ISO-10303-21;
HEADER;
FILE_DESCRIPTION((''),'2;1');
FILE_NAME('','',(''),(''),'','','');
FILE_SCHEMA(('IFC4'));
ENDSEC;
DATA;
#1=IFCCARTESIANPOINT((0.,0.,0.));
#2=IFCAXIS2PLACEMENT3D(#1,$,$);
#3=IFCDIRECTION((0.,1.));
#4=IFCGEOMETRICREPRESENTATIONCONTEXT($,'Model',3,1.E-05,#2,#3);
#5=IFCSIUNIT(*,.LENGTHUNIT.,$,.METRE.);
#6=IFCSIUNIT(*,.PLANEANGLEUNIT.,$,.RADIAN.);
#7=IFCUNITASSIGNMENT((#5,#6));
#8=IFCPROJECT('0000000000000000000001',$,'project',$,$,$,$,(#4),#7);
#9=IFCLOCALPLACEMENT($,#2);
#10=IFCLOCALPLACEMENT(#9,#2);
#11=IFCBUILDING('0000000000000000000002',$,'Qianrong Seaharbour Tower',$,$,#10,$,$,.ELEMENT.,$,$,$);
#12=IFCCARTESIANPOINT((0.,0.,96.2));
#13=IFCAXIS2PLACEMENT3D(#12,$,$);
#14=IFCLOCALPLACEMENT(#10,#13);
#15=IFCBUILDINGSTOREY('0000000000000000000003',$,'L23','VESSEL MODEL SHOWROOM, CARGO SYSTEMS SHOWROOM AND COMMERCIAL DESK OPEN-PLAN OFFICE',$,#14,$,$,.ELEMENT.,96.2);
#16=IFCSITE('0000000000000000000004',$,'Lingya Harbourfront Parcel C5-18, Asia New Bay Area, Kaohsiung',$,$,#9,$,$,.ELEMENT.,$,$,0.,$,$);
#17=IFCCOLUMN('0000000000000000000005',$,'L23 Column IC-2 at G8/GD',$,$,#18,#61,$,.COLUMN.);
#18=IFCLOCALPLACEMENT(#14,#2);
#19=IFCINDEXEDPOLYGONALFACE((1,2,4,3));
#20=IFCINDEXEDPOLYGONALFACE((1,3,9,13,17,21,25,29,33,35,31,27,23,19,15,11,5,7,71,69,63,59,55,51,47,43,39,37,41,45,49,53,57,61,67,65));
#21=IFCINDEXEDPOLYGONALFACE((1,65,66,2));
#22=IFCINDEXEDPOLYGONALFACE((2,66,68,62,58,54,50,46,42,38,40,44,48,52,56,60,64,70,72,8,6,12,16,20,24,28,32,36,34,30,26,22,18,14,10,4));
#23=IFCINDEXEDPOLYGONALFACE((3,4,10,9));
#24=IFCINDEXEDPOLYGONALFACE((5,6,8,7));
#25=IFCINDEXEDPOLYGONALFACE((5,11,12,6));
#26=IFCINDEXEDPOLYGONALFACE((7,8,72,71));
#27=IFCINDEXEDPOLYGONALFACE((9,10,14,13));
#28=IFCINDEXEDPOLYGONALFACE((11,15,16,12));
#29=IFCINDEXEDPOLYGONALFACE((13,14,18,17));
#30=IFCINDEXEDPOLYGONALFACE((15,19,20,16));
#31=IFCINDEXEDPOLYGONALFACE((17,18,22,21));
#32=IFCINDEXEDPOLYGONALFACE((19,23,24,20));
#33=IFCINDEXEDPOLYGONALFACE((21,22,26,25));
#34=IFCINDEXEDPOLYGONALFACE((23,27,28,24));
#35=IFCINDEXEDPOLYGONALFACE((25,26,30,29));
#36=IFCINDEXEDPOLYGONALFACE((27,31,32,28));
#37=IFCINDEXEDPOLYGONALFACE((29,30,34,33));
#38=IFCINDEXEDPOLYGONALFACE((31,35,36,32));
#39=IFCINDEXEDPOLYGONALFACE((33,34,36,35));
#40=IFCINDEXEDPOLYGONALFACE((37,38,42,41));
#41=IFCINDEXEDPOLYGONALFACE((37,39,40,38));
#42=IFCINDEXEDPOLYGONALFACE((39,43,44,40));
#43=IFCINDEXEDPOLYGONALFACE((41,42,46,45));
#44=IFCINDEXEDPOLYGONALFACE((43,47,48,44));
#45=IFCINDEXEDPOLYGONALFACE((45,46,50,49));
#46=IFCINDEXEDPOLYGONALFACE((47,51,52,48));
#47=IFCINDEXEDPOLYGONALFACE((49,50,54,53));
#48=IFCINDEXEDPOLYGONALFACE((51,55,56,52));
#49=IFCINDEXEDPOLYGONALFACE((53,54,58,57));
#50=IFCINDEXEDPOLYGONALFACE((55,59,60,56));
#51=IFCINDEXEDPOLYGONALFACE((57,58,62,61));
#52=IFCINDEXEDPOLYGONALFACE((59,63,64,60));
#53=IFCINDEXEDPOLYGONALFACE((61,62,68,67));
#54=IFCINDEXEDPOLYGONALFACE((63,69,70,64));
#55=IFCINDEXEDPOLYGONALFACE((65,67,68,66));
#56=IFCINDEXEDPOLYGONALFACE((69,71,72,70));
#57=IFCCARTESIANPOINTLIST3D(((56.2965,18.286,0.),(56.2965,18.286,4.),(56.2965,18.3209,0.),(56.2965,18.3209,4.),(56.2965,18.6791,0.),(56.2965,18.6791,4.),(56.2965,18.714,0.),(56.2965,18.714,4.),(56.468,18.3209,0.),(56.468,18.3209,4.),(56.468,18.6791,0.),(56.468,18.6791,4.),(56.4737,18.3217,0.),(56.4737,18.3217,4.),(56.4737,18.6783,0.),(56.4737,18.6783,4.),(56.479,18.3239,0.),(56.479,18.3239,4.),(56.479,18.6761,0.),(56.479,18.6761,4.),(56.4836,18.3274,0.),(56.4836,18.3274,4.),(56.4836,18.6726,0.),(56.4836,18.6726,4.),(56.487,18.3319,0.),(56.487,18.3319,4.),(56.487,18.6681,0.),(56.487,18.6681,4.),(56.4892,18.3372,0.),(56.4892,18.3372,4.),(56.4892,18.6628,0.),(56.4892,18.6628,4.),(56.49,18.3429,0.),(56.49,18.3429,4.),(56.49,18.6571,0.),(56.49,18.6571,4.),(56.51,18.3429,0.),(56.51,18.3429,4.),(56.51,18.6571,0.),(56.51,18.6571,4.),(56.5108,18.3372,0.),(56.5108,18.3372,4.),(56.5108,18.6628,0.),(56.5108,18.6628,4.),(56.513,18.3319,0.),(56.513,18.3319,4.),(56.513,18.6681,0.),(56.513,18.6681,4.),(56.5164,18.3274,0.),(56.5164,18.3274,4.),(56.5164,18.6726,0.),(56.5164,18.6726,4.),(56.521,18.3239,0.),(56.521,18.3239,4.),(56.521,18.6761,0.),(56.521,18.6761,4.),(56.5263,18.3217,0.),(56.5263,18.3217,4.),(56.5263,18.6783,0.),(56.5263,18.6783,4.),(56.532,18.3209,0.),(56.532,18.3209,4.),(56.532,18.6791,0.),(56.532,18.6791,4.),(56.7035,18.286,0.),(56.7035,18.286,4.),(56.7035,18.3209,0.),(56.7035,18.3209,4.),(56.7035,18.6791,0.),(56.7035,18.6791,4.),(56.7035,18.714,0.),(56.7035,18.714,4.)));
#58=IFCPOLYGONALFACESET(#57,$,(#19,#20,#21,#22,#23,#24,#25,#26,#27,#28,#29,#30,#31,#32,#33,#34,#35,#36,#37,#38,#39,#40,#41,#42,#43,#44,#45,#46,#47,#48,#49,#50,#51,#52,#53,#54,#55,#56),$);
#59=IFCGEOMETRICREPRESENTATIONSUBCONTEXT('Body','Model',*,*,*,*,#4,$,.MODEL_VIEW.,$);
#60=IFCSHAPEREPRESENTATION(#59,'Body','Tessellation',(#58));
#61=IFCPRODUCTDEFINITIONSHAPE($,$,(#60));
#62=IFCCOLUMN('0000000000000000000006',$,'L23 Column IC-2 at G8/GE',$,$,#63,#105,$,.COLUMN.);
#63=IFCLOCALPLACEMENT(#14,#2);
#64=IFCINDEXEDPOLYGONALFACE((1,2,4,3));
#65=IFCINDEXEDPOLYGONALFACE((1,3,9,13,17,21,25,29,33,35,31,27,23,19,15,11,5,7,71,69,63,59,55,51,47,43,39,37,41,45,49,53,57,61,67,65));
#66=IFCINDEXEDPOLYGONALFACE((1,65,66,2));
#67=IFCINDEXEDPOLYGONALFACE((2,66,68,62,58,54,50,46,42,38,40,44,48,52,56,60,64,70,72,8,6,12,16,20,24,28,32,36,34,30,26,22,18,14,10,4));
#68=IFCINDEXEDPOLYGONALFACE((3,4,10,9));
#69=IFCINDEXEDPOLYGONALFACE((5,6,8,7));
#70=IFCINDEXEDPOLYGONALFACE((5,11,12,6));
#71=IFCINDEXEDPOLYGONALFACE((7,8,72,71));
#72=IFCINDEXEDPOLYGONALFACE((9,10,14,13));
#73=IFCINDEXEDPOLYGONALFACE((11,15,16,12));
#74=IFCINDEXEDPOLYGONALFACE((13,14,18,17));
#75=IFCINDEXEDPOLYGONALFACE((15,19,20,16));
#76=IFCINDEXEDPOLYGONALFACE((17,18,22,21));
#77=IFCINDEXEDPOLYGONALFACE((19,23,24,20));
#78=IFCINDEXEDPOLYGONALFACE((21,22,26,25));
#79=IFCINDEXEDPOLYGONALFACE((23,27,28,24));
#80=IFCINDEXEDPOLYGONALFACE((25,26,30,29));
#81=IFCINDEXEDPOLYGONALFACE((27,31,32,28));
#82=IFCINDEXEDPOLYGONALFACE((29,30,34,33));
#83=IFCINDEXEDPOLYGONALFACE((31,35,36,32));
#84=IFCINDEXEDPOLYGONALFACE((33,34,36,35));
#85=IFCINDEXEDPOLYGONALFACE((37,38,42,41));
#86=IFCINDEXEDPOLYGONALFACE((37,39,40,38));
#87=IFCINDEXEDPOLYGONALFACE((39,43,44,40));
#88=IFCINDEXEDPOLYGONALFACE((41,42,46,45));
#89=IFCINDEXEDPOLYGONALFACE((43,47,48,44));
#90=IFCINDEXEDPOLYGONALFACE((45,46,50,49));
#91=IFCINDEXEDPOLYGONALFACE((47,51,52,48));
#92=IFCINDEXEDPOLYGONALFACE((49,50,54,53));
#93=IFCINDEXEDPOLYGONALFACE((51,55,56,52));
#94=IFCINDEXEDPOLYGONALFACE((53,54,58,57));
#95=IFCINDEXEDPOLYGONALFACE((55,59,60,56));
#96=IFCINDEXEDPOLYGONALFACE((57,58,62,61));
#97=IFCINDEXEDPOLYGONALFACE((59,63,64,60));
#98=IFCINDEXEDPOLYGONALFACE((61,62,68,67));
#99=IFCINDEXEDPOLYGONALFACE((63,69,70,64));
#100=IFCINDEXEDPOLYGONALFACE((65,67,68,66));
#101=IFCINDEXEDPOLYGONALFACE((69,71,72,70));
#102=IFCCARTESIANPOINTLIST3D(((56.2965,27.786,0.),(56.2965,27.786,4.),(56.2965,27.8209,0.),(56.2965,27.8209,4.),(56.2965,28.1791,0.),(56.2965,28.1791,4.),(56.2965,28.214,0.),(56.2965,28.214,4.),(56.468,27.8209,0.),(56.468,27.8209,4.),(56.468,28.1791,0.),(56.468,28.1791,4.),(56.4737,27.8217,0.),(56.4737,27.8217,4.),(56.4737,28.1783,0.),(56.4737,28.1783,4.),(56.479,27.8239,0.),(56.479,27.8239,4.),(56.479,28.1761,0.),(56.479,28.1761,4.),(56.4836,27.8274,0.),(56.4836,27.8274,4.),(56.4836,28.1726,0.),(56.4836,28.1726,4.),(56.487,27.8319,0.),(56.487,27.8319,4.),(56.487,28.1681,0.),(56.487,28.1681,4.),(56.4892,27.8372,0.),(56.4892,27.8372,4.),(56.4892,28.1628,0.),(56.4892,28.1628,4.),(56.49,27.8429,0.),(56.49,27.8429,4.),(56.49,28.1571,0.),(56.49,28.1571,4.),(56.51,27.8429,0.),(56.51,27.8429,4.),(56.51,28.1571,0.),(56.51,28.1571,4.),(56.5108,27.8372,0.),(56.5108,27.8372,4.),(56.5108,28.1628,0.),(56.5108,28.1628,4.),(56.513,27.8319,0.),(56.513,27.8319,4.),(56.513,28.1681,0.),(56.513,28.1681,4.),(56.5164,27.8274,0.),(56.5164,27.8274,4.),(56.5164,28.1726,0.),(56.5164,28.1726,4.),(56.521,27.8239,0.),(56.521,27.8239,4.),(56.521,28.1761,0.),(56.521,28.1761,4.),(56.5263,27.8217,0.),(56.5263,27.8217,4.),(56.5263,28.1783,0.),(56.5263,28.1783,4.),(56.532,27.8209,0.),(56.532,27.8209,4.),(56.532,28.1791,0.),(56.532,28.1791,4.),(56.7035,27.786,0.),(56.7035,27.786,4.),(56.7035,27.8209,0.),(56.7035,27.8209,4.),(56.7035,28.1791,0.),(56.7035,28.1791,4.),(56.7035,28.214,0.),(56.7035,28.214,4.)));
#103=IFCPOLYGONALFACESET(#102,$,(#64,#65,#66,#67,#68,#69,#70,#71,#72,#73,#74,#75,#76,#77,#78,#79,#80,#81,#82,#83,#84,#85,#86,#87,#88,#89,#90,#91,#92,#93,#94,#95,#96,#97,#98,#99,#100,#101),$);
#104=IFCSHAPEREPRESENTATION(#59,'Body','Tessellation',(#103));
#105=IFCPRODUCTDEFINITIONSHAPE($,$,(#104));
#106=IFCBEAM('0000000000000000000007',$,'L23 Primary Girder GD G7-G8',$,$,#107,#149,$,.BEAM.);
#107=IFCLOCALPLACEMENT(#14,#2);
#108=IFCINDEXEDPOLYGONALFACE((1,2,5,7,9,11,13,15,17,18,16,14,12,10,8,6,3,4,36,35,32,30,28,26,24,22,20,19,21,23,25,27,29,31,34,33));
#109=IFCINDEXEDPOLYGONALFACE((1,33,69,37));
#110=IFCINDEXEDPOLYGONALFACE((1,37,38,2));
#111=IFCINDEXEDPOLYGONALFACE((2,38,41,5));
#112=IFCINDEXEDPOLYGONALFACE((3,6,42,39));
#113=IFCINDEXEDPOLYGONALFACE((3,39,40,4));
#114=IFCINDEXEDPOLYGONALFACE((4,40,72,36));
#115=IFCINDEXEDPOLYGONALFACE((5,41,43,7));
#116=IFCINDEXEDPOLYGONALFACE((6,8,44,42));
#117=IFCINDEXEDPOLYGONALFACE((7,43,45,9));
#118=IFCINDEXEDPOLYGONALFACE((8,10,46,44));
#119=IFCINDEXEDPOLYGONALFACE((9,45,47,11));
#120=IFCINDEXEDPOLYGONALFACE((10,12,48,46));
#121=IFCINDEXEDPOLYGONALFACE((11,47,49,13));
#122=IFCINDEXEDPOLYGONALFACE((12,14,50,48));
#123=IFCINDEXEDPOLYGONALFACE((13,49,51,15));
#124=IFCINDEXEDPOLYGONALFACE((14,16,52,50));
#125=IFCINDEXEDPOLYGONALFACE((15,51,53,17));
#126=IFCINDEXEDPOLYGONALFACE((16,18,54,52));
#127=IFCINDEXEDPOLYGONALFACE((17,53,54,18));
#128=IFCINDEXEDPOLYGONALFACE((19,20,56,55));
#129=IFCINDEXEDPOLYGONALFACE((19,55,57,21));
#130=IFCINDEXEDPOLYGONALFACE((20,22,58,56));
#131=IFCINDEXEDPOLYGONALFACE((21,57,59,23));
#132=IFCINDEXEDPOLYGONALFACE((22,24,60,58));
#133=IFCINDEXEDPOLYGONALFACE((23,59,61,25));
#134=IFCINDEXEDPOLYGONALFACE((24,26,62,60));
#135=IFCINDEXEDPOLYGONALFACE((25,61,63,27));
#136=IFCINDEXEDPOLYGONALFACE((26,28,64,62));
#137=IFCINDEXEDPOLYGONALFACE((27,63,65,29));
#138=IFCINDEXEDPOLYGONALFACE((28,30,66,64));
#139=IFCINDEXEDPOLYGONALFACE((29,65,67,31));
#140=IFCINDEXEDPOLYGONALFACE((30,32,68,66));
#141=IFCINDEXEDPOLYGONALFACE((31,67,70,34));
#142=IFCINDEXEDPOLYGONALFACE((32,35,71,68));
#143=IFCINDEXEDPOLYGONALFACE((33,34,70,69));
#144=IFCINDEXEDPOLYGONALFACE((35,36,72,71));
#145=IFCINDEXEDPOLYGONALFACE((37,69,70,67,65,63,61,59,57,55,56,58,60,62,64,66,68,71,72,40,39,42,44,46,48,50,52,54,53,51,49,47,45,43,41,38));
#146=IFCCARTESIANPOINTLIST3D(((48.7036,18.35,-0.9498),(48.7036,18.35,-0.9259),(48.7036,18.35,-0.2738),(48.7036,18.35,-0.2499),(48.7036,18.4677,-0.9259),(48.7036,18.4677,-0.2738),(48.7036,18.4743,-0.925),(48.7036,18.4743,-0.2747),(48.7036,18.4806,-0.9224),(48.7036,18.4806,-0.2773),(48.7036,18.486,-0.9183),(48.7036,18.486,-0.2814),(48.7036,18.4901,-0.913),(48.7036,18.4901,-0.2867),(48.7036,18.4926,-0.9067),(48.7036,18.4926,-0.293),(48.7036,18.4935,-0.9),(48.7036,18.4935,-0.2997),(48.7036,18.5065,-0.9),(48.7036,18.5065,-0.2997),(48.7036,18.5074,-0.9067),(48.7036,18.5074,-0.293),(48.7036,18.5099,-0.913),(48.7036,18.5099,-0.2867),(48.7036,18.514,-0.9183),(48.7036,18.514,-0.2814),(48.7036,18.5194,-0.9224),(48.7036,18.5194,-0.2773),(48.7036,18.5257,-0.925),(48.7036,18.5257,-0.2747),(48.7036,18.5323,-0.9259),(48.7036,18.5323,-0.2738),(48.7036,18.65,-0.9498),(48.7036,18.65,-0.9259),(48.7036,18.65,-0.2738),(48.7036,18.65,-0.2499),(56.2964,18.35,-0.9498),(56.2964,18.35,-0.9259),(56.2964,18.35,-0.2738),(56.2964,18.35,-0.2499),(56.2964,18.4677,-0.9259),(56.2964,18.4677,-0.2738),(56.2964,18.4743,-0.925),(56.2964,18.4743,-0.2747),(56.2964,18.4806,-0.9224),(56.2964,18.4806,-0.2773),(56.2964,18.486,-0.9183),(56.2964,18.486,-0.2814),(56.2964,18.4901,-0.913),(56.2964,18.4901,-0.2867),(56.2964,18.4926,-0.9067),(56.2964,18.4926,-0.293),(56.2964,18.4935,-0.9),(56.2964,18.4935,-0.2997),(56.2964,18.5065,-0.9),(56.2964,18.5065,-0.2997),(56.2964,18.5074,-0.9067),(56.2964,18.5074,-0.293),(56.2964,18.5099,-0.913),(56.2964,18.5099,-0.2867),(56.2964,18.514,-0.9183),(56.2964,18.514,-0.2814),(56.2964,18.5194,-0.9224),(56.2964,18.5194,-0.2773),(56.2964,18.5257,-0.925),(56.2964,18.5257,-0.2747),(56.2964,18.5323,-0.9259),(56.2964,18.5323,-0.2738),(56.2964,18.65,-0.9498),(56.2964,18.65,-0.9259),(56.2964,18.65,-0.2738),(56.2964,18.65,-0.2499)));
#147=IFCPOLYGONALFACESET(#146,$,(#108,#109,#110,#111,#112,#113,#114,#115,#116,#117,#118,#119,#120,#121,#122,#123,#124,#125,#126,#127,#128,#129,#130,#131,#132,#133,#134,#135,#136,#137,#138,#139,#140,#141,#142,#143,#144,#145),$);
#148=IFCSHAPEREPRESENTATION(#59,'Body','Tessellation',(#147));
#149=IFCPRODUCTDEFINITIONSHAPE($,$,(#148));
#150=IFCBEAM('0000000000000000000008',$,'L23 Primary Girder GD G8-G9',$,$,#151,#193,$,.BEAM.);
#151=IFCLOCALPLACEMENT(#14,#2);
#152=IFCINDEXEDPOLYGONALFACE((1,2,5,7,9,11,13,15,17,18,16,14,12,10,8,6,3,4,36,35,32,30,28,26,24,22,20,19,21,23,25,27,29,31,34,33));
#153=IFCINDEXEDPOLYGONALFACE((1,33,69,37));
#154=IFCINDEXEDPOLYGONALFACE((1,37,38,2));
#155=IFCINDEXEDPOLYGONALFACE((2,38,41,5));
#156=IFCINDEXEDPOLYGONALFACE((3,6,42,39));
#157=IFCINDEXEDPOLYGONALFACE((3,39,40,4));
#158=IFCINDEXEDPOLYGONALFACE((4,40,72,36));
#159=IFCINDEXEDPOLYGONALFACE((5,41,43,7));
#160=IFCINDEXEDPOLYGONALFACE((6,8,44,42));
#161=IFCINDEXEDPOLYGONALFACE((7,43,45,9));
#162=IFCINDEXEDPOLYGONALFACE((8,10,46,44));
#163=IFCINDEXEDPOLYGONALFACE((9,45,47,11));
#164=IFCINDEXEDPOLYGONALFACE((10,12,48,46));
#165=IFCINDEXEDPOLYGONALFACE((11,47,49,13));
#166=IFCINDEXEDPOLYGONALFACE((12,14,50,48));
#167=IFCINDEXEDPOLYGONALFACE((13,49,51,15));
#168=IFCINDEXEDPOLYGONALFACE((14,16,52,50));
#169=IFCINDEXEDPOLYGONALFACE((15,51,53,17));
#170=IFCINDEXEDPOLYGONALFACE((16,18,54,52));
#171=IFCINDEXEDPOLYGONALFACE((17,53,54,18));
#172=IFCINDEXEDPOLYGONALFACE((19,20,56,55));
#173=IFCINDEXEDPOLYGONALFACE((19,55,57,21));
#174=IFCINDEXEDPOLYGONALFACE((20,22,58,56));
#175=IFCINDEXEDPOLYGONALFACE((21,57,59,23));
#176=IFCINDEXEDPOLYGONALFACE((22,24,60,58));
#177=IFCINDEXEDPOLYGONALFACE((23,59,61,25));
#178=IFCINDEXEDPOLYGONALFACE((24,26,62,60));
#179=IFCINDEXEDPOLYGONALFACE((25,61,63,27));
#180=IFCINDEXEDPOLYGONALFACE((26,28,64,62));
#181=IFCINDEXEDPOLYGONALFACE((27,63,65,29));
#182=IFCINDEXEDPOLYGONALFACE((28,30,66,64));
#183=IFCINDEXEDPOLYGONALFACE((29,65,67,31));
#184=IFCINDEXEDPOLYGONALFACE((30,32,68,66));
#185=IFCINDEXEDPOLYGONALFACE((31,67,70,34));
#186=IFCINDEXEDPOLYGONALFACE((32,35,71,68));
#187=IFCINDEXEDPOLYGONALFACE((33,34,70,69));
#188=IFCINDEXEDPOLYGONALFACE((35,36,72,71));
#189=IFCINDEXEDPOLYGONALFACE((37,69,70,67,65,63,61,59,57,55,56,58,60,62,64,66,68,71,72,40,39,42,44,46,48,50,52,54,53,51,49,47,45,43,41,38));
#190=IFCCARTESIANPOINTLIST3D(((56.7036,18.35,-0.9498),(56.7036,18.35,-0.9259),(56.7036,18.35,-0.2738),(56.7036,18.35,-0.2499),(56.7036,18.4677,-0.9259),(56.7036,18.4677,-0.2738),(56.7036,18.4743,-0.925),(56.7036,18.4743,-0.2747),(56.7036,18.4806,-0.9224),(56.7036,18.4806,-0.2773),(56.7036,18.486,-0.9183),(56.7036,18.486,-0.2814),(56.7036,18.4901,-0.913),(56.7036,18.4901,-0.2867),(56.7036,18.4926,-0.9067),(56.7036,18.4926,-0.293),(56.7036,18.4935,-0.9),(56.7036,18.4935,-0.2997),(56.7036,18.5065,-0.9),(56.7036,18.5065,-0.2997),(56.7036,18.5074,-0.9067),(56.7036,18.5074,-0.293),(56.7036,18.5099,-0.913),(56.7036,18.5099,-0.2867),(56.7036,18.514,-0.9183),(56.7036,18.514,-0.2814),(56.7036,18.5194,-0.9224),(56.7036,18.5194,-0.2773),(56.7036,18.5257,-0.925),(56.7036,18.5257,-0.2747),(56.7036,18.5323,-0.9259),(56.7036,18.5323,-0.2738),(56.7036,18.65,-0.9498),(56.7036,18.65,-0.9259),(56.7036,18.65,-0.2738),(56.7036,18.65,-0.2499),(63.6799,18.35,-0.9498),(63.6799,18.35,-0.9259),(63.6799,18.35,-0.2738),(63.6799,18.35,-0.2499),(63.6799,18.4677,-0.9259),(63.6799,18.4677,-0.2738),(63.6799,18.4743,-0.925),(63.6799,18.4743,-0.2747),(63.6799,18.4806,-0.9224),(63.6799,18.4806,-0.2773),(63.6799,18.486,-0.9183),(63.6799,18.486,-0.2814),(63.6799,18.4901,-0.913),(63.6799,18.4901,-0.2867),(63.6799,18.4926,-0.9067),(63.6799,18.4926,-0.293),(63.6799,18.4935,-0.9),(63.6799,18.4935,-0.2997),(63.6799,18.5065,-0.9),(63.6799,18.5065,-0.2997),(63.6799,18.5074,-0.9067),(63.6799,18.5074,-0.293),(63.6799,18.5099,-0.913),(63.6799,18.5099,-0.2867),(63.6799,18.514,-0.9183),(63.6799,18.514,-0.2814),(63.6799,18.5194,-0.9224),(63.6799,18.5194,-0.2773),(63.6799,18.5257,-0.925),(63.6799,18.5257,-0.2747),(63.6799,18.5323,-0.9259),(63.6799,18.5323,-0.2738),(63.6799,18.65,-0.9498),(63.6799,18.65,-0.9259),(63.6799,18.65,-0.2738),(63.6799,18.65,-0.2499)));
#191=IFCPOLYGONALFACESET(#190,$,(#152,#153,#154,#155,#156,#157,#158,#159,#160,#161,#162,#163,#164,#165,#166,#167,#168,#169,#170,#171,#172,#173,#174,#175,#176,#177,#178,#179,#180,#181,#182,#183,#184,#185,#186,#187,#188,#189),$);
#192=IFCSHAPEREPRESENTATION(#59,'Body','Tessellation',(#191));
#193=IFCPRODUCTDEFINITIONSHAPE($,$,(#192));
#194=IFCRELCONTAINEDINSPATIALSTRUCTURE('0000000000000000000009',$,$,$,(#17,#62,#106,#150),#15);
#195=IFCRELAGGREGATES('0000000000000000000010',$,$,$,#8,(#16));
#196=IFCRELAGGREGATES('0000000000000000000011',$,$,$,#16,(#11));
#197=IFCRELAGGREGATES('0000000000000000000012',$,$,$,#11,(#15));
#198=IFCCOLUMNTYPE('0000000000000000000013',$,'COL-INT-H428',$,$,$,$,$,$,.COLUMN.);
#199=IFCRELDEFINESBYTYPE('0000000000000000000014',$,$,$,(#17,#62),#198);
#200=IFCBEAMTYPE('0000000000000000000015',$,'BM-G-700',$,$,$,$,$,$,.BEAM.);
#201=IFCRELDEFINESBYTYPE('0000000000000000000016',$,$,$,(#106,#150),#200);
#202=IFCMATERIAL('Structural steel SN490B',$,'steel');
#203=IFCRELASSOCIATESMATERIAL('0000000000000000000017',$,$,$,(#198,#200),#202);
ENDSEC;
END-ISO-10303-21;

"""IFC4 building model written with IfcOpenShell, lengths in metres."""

from ifc_helpers import new_model, si_unit, direction, frame, origin, origin_2d, place, context, subcontext, project, spatial, i_section, extrude, material, material_profile, profile_set, type_object, element, save


model = new_model("IFC4")

# Units and contexts
model_context = context("Model", 3, precision=1e-05, world=origin(), true_north=direction((0.0, 1.0)))
body_context = subcontext(model_context, "Body", "Model", "MODEL_VIEW")
ifc_project = project(units=[si_unit("LENGTHUNIT", "METRE"), si_unit("PLANEANGLEUNIT", "RADIAN")], contexts=[model_context])

# Site, building, storey
site_placement = place(None, origin())
site = spatial("IfcSite", under=ifc_project, at=site_placement, Name="Lingya Harbourfront Parcel C5-18, Asia New Bay Area, Kaohsiung", CompositionType="ELEMENT", RefElevation=0.0)
building_placement = place(site_placement, origin())
building = spatial("IfcBuilding", under=site, at=building_placement, Name="Qianrong Seaharbour Tower", CompositionType="ELEMENT")
storey_placement = place(building_placement, frame((0.0, 0.0, 96.2)))
storey = spatial("IfcBuildingStorey", under=building, at=storey_placement, Name="L23", Description="VESSEL MODEL SHOWROOM, CARGO SYSTEMS SHOWROOM AND COMMERCIAL DESK OPEN-PLAN OFFICE", CompositionType="ELEMENT", Elevation=96.2)

# Columns
ifc_material_1 = material(Name="Structural steel SN490B", Category="steel")
ifc_material_profile_1 = material_profile(ifc_material_1, i_section(OverallWidth=0.407, OverallDepth=0.428, WebThickness=0.02, FlangeThickness=0.0349, FilletRadius=0.022, at=origin_2d()), Name="H428x407x20x35")
ifc_profile_set_1 = profile_set([ifc_material_profile_1], Name="Structural steel SN490B")
column_type_1 = type_object("IfcColumnType", Name="COL-INT-H428", PredefinedType="COLUMN", material=ifc_profile_set_1)
for number, where, z_axis, x_axis, name in (
    (1, (56.5, 18.5, 0.0), (0.0, 0.0, 1.0), (1.0, 0.0, 0.0), "L23 Column IC-2 at G8/GD"),
    (2, (56.5, 28.0, 0.0), (0.0, 0.0, 1.0), (1.0, 0.0, 0.0), "L23 Column IC-2 at G8/GE"),
):
    element("IfcColumn", number, at=place(storey_placement, frame(where, z_axis=z_axis, x_axis=x_axis)), inside=storey, type_object=column_type_1, Name=name, PredefinedType="COLUMN", context=body_context, shape_type="SweptSolid", body=[
        extrude(i_section(OverallWidth=0.407, OverallDepth=0.428, WebThickness=0.02, FlangeThickness=0.0349, FilletRadius=0.022, at=origin_2d()), origin(), (0.0, 0.0, 1.0), 4.0),
    ])

# Beams
ifc_material_profile_2 = material_profile(ifc_material_1, i_section(OverallWidth=0.3, OverallDepth=0.7, WebThickness=0.0129, FlangeThickness=0.0239, FilletRadius=0.0259, at=origin_2d()), Name="H700x300x13x24")
ifc_profile_set_2 = profile_set([ifc_material_profile_2], Name="Structural steel SN490B")
beam_type_1 = type_object("IfcBeamType", Name="BM-G-700", PredefinedType="BEAM", material=ifc_profile_set_2)
beam_1_placement = place(storey_placement, frame((48.7036, 18.5, -0.5999), z_axis=(1.0, 0.0, 0.0), x_axis=(0.0, 1.0, 0.0)))
element("IfcBeam", 3, at=beam_1_placement, inside=storey, type_object=beam_type_1, Name="L23 Primary Girder GD G7-G8", PredefinedType="BEAM", context=body_context, shape_type="SweptSolid", body=[
    extrude(i_section(OverallWidth=0.3, OverallDepth=0.7, WebThickness=0.0129, FlangeThickness=0.0239, FilletRadius=0.0259, at=origin_2d()), origin(), (0.0, 0.0, 1.0), 7.5928),
])
beam_2_placement = place(storey_placement, frame((56.7036, 18.5, -0.5999), z_axis=(1.0, 0.0, 0.0), x_axis=(0.0, 1.0, 0.0)))
element("IfcBeam", 4, at=beam_2_placement, inside=storey, type_object=beam_type_1, Name="L23 Primary Girder GD G8-G9", PredefinedType="BEAM", context=body_context, shape_type="SweptSolid", body=[
    extrude(i_section(OverallWidth=0.3, OverallDepth=0.7, WebThickness=0.0129, FlangeThickness=0.0239, FilletRadius=0.0259, at=origin_2d()), origin(), (0.0, 0.0, 1.0), 6.9763),
])

save(model, "model.ifc")
